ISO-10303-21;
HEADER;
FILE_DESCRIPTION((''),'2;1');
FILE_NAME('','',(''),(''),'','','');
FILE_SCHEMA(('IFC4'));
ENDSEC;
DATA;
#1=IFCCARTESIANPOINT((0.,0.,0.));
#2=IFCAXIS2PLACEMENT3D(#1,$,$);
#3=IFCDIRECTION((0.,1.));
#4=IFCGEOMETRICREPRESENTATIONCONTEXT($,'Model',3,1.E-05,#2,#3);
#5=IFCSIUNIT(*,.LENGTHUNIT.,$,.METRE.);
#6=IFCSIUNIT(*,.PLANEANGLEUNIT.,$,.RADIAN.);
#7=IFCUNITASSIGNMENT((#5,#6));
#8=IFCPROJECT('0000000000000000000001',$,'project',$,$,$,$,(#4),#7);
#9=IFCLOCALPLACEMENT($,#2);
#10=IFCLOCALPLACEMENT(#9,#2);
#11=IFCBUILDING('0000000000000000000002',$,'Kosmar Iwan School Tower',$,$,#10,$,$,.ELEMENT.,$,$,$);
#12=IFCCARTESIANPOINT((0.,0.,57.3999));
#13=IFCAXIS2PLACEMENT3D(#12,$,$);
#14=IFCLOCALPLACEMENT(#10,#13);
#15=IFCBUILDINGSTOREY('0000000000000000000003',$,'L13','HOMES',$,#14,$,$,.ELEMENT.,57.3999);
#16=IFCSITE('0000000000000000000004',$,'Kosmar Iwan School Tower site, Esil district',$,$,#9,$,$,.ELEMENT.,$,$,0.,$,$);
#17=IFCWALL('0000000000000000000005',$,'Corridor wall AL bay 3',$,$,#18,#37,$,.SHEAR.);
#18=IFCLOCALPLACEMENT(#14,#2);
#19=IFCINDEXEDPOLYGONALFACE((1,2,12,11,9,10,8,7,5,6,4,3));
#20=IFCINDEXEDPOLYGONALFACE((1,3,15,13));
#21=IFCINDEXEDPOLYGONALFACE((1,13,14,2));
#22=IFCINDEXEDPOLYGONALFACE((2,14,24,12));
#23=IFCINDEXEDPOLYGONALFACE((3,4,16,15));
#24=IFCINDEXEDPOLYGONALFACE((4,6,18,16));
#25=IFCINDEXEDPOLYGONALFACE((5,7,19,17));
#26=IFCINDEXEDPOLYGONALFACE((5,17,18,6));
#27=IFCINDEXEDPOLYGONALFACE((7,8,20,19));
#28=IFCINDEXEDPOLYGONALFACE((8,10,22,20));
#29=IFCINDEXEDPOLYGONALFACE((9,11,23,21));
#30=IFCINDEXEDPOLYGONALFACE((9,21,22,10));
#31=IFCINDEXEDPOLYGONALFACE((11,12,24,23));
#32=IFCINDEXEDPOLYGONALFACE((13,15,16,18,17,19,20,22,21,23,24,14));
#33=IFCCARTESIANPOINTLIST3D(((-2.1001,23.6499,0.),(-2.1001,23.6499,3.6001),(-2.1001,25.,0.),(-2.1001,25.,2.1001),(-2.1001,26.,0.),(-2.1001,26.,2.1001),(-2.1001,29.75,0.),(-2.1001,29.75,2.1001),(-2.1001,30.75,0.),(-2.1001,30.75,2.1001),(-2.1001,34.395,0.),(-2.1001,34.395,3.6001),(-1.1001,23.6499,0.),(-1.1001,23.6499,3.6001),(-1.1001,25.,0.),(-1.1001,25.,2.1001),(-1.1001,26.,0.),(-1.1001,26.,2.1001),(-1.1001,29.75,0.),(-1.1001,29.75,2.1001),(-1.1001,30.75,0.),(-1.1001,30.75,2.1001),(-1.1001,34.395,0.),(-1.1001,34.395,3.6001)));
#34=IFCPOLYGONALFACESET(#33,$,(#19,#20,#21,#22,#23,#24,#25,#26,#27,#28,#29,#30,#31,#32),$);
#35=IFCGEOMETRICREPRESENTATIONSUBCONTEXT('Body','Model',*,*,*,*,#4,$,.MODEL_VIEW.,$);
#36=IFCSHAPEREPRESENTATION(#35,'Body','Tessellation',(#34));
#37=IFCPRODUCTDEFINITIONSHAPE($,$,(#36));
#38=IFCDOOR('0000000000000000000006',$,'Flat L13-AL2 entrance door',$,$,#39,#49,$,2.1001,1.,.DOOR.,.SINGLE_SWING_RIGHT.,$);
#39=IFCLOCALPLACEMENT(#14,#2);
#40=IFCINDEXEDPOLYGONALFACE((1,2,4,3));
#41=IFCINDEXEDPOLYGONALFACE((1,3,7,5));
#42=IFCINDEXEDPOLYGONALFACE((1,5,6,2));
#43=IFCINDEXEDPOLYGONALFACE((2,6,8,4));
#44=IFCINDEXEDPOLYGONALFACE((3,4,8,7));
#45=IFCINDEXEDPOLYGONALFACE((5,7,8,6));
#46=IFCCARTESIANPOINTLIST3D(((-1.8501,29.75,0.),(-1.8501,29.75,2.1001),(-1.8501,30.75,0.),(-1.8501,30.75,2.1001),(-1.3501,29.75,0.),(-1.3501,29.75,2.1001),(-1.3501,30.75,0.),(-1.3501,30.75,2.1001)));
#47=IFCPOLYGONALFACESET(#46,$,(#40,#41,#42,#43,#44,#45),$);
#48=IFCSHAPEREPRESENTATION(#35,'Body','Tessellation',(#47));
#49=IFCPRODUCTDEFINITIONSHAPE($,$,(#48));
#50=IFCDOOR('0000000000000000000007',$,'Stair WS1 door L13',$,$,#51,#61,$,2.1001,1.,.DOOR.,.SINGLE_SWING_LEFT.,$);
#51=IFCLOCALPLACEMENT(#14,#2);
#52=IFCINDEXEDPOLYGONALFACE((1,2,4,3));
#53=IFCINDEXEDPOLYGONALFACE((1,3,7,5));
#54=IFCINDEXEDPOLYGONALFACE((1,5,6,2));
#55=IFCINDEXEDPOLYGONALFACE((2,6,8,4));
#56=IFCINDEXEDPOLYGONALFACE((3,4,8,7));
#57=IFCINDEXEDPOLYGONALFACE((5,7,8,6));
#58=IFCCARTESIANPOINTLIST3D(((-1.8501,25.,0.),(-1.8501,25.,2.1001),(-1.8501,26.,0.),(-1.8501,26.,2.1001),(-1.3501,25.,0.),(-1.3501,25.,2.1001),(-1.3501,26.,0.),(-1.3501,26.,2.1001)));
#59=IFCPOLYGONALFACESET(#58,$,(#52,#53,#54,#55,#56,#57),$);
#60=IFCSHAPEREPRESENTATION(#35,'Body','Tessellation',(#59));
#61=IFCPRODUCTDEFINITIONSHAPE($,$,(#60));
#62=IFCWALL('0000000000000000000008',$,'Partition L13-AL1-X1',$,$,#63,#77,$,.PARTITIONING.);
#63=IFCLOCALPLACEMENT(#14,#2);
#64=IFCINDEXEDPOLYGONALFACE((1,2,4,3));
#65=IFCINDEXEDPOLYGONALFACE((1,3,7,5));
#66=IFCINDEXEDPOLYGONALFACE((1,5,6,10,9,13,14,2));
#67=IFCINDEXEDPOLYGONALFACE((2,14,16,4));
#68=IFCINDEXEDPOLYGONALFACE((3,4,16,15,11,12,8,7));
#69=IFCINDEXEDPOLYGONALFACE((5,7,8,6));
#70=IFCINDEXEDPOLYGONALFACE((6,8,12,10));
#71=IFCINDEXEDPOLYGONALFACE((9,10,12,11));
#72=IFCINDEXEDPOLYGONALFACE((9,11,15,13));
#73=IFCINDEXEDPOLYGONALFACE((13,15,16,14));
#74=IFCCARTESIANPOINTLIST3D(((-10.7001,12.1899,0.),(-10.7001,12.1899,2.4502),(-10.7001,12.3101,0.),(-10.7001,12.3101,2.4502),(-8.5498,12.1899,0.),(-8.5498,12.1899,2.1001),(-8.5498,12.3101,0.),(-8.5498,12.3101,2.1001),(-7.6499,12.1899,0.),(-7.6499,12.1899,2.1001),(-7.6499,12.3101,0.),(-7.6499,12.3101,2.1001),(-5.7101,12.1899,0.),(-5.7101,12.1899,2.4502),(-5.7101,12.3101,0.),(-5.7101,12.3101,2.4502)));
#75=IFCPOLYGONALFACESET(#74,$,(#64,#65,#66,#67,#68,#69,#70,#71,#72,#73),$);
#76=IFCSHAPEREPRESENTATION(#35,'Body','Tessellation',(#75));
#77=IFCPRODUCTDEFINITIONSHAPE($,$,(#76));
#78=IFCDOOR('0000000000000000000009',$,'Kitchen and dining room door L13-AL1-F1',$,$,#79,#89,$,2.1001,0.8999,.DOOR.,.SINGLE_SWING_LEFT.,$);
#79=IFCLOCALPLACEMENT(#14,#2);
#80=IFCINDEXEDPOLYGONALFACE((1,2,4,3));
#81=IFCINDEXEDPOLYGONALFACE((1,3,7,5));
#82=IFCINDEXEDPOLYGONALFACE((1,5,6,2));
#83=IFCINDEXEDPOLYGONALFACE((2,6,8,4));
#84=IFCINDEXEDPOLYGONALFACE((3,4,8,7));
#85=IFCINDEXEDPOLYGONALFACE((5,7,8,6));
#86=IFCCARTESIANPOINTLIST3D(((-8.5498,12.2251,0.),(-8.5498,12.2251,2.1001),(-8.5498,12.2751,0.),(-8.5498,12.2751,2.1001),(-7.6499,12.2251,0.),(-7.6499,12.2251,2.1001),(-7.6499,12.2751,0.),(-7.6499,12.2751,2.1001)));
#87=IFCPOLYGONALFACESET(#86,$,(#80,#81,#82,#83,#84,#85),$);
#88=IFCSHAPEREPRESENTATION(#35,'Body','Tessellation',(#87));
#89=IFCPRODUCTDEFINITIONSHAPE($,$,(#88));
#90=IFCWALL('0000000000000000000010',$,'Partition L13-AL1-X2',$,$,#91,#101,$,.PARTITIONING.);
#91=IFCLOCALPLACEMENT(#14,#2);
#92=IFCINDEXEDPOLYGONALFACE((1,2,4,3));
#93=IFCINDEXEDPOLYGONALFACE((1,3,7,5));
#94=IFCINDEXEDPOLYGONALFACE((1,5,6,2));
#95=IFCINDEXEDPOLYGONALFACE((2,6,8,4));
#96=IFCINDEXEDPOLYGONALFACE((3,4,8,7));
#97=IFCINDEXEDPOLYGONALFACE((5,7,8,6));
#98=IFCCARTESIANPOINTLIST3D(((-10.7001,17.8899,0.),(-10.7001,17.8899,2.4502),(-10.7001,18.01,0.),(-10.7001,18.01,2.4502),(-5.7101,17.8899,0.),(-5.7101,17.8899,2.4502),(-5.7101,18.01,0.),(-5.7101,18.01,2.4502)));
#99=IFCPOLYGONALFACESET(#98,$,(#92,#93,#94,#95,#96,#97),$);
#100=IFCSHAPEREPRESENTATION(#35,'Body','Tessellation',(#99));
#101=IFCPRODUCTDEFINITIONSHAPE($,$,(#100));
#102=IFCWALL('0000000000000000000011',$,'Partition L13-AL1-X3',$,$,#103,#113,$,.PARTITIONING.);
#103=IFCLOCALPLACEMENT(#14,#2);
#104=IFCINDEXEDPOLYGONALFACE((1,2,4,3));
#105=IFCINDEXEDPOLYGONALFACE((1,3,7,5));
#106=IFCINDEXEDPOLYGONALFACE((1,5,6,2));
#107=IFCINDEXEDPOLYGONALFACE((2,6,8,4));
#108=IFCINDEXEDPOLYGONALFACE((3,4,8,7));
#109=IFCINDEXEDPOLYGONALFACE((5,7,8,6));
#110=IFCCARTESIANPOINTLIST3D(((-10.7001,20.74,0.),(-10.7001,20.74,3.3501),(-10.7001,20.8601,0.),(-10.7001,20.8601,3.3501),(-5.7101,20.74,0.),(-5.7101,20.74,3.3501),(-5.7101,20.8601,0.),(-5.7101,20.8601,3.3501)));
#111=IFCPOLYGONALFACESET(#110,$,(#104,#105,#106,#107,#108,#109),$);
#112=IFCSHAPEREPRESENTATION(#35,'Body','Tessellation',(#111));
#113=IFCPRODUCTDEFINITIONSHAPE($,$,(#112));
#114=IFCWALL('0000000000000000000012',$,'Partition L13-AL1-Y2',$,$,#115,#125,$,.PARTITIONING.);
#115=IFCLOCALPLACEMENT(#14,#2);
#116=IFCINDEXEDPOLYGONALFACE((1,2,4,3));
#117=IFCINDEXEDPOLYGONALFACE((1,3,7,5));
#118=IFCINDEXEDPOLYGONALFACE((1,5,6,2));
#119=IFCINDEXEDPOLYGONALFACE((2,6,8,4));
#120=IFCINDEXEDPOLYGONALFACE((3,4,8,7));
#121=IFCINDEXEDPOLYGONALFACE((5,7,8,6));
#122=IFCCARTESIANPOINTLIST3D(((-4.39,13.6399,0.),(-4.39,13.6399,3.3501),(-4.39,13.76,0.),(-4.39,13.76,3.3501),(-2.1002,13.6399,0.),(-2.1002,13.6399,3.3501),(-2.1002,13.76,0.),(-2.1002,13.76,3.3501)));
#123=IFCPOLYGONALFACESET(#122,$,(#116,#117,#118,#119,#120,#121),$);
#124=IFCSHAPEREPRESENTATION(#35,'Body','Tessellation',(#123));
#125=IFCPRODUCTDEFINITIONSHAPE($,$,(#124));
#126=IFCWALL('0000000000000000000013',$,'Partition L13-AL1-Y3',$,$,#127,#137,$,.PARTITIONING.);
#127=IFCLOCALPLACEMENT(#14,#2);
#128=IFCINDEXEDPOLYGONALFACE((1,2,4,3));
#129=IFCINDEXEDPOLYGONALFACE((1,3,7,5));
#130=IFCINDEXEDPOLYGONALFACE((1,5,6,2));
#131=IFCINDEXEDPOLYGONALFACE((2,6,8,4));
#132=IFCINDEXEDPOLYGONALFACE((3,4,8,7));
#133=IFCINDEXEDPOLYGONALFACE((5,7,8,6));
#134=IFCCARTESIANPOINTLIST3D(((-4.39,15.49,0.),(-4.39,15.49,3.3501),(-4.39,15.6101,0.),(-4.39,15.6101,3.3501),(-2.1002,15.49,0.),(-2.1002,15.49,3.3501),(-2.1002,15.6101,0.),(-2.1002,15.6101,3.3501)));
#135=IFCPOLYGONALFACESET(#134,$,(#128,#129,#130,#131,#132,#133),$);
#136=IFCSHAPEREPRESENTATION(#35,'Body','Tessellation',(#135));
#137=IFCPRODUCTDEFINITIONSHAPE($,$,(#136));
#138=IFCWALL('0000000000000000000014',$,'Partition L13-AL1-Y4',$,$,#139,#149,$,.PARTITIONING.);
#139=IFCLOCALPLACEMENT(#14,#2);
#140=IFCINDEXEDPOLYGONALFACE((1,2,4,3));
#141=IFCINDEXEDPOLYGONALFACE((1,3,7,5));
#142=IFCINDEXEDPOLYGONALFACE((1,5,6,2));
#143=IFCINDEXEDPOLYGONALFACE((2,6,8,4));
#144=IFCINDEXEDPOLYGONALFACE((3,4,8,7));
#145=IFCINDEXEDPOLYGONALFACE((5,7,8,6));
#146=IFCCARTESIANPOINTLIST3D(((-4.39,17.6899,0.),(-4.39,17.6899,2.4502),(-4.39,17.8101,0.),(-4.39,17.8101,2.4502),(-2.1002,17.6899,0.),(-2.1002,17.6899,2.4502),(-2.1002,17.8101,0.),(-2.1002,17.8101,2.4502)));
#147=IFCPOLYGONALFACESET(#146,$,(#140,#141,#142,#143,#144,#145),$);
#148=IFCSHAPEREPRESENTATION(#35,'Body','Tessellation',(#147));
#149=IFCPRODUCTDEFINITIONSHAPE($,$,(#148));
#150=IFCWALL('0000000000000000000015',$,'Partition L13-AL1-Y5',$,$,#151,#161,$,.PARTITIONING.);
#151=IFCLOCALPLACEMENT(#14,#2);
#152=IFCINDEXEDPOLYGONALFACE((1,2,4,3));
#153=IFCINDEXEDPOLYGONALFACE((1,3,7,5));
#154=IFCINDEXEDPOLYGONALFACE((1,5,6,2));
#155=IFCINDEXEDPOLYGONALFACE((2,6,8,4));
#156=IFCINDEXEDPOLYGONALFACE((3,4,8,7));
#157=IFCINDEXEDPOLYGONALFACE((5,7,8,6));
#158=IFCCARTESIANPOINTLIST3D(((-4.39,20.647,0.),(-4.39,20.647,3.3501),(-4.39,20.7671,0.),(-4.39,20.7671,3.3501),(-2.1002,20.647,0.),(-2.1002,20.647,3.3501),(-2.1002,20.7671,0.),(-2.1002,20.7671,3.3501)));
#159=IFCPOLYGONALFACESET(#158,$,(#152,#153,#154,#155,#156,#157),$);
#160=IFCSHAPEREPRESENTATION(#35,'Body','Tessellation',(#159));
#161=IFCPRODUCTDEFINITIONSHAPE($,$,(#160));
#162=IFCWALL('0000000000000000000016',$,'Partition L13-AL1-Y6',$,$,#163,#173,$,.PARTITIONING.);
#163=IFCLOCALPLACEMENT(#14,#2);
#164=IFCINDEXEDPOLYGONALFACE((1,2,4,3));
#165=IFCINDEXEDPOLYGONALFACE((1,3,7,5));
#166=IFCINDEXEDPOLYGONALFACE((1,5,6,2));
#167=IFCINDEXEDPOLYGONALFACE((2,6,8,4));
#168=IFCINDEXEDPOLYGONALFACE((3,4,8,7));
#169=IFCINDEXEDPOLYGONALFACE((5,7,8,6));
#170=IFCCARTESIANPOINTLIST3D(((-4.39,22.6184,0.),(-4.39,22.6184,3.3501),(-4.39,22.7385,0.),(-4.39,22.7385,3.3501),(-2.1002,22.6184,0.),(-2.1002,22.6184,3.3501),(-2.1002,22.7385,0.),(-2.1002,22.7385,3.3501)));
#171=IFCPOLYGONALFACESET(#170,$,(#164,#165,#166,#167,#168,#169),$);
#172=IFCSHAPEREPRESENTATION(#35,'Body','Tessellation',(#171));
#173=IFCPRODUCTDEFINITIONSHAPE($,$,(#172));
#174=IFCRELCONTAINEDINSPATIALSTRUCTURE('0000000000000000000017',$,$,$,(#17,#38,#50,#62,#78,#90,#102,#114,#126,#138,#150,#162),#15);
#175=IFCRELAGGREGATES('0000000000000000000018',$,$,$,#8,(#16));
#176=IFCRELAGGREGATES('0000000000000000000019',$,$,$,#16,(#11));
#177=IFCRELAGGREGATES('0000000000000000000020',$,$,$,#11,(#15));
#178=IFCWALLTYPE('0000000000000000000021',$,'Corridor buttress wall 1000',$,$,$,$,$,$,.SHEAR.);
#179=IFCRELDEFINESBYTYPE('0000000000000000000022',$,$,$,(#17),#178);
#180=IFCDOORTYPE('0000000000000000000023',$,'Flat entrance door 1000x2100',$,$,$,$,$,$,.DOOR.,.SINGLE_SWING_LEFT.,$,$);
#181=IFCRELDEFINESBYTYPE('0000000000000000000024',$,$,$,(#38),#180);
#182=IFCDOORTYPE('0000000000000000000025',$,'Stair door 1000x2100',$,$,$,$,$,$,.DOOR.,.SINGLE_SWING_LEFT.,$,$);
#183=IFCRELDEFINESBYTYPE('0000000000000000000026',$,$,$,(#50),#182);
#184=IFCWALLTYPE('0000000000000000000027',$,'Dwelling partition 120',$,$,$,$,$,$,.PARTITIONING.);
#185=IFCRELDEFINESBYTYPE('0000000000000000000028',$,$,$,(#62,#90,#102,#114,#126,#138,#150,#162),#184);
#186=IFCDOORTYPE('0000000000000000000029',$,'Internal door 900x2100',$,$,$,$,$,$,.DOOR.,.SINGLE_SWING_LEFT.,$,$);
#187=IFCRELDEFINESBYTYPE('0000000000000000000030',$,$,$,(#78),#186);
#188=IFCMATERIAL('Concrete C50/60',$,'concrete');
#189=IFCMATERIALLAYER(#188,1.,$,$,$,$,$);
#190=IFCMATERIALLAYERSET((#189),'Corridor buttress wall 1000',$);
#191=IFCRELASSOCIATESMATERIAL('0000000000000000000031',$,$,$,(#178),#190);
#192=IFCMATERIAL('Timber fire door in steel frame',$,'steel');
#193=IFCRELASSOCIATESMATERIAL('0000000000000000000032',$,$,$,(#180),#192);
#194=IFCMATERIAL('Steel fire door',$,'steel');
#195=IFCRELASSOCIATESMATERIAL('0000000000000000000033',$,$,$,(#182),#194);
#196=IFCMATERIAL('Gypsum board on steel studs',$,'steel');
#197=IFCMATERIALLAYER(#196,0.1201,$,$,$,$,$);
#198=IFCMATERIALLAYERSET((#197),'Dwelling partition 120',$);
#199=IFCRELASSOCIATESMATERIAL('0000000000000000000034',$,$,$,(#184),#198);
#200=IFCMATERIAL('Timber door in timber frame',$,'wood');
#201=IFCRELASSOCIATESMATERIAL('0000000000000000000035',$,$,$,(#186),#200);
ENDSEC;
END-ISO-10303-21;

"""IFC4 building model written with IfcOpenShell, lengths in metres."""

from ifc_helpers import new_model, si_unit, direction, frame, frame_2d, origin, place, context, subcontext, project, spatial, rectangle, extrude, material, layer, layer_set, type_object, element, fill, save


model = new_model("IFC4")

# Units and contexts
model_context = context("Model", 3, precision=1e-05, world=origin(), true_north=direction((0.0, 1.0)))
body_context = subcontext(model_context, "Body", "Model", "MODEL_VIEW")
ifc_project = project(units=[si_unit("LENGTHUNIT", "METRE"), si_unit("PLANEANGLEUNIT", "RADIAN")], contexts=[model_context])

# Site, building, storey
site_placement = place(None, origin())
site = spatial("IfcSite", under=ifc_project, at=site_placement, Name="Kosmar Iwan School Tower site, Esil district", CompositionType="ELEMENT", RefElevation=0.0)
building_placement = place(site_placement, origin())
building = spatial("IfcBuilding", under=site, at=building_placement, Name="Kosmar Iwan School Tower", CompositionType="ELEMENT")
storey_placement = place(building_placement, frame((0.0, 0.0, 57.3999)))
storey = spatial("IfcBuildingStorey", under=building, at=storey_placement, Name="L13", Description="HOMES", CompositionType="ELEMENT", Elevation=57.3999)

# Shared definitions
ifc_material_1 = material(Name="Concrete C50/60", Category="concrete")
ifc_layer_1 = layer(ifc_material_1, 1.0)
ifc_layer_set_1 = layer_set([ifc_layer_1], Name="Corridor buttress wall 1000")
wall_type_1 = type_object("IfcWallType", Name="Corridor buttress wall 1000", PredefinedType="SHEAR", material=ifc_layer_set_1)

# Wall, openings, doors
wall_1_placement = place(storey_placement, frame((-1.6001, 23.6499, 0.0), z_axis=(0.0, 0.0, 1.0), x_axis=(0.0, 1.0, 0.0)))
wall_1 = element("IfcWall", 1, at=wall_1_placement, inside=storey, type_object=wall_type_1, Name="Corridor wall AL bay 3", PredefinedType="SHEAR", context=body_context, shape_type="SweptSolid", body=[
    extrude(rectangle(XDim=10.7451, YDim=1.0, at=frame_2d((5.3726, 0.0))), origin(), (0.0, 0.0, 1.0), 3.6001),
])
opening_1_placement = place(wall_1_placement, frame((6.1001, 0.0, 0.0)))
opening_1 = element("IfcOpeningElement", 2, at=opening_1_placement, cuts=wall_1, PredefinedType="OPENING", context=body_context, shape_type="SweptSolid", body=[
    extrude(rectangle(XDim=1.0, YDim=2.1001, at=frame_2d((0.5, 1.05))), frame((0.0, 0.512, 0.0), z_axis=(0.0, -1.0, 0.0), x_axis=(1.0, 0.0, 0.0)), (0.0, 0.0, 1.0), 1.0239),
])
opening_2_placement = place(wall_1_placement, frame((1.3501, 0.0, 0.0)))
opening_2 = element("IfcOpeningElement", 3, at=opening_2_placement, cuts=wall_1, PredefinedType="OPENING", context=body_context, shape_type="SweptSolid", body=[
    extrude(rectangle(XDim=1.0, YDim=2.1001, at=frame_2d((0.5, 1.05))), frame((0.0, 0.512, 0.0), z_axis=(0.0, -1.0, 0.0), x_axis=(1.0, 0.0, 0.0)), (0.0, 0.0, 1.0), 1.0239),
])
ifc_material_2 = material(Name="Timber fire door in steel frame", Category="steel")
door_type_1 = type_object("IfcDoorType", Name="Flat entrance door 1000x2100", OperationType="SINGLE_SWING_LEFT", PredefinedType="DOOR", material=ifc_material_2)
door_1_placement = place(opening_1_placement, origin())
door_1 = element("IfcDoor", 4, at=door_1_placement, inside=storey, type_object=door_type_1, Name="Flat L13-AL2 entrance door", OperationType="SINGLE_SWING_RIGHT", OverallHeight=2.1001, OverallWidth=1.0, PredefinedType="DOOR", context=body_context, shape_type="SweptSolid", body=[
    extrude(rectangle(XDim=1.0, YDim=2.1001, at=frame_2d((0.5, 1.05))), frame((0.0, 0.25, 0.0), z_axis=(0.0, -1.0, 0.0), x_axis=(1.0, 0.0, 0.0)), (0.0, 0.0, 1.0), 0.5),
])
fill(opening_1, door_1)
ifc_material_3 = material(Name="Steel fire door", Category="steel")
door_type_2 = type_object("IfcDoorType", Name="Stair door 1000x2100", OperationType="SINGLE_SWING_LEFT", PredefinedType="DOOR", material=ifc_material_3)
door_2_placement = place(opening_2_placement, origin())
door_2 = element("IfcDoor", 5, at=door_2_placement, inside=storey, type_object=door_type_2, Name="Stair WS1 door L13", OperationType="SINGLE_SWING_LEFT", OverallHeight=2.1001, OverallWidth=1.0, PredefinedType="DOOR", context=body_context, shape_type="SweptSolid", body=[
    extrude(rectangle(XDim=1.0, YDim=2.1001, at=frame_2d((0.5, 1.05))), frame((0.0, 0.25, 0.0), z_axis=(0.0, -1.0, 0.0), x_axis=(1.0, 0.0, 0.0)), (0.0, 0.0, 1.0), 0.5),
])
fill(opening_2, door_2)

# Wall, opening, door
ifc_material_4 = material(Name="Gypsum board on steel studs", Category="steel")
ifc_layer_2 = layer(ifc_material_4, 0.1201)
ifc_layer_set_2 = layer_set([ifc_layer_2], Name="Dwelling partition 120")
wall_type_2 = type_object("IfcWallType", Name="Dwelling partition 120", PredefinedType="PARTITIONING", material=ifc_layer_set_2)
wall_2_placement = place(storey_placement, frame((-5.71, 12.25, 0.0), z_axis=(0.0, 0.0, 1.0), x_axis=(-1.0, 0.0, 0.0)))
wall_2 = element("IfcWall", 6, at=wall_2_placement, inside=storey, type_object=wall_type_2, Name="Partition L13-AL1-X1", PredefinedType="PARTITIONING", context=body_context, shape_type="SweptSolid", body=[
    extrude(rectangle(XDim=4.99, YDim=0.1201, at=frame_2d((2.4951, 0.0))), origin(), (0.0, 0.0, 1.0), 2.4502),
])
opening_3_placement = place(wall_2_placement, frame((1.9399, 0.0, 0.0)))
opening_3 = element("IfcOpeningElement", 7, at=opening_3_placement, cuts=wall_2, PredefinedType="OPENING", context=body_context, shape_type="SweptSolid", body=[
    extrude(rectangle(XDim=0.8999, YDim=2.1001, at=frame_2d((0.45, 1.05))), frame((0.0, 0.072, 0.0), z_axis=(0.0, -1.0, 0.0), x_axis=(1.0, 0.0, 0.0)), (0.0, 0.0, 1.0), 0.144),
])
ifc_material_5 = material(Name="Timber door in timber frame", Category="wood")
door_type_3 = type_object("IfcDoorType", Name="Internal door 900x2100", OperationType="SINGLE_SWING_LEFT", PredefinedType="DOOR", material=ifc_material_5)
door_3_placement = place(opening_3_placement, origin())
door_3 = element("IfcDoor", 8, at=door_3_placement, inside=storey, type_object=door_type_3, Name="Kitchen and dining room door L13-AL1-F1", OperationType="SINGLE_SWING_LEFT", OverallHeight=2.1001, OverallWidth=0.8999, PredefinedType="DOOR", context=body_context, shape_type="SweptSolid", body=[
    extrude(rectangle(XDim=0.8999, YDim=2.1001, at=frame_2d((0.45, 1.05))), frame((0.0, 0.0249, 0.0), z_axis=(0.0, -1.0, 0.0), x_axis=(1.0, 0.0, 0.0)), (0.0, 0.0, 1.0), 0.05),
])
fill(opening_3, door_3)

# Walls
wall_3_placement = place(storey_placement, frame((-5.71, 17.95, 0.0), z_axis=(0.0, 0.0, 1.0), x_axis=(-1.0, 0.0, 0.0)))
element("IfcWall", 9, at=wall_3_placement, inside=storey, type_object=wall_type_2, Name="Partition L13-AL1-X2", PredefinedType="PARTITIONING", context=body_context, shape_type="SweptSolid", body=[
    extrude(rectangle(XDim=4.99, YDim=0.1201, at=frame_2d((2.4951, 0.0))), origin(), (0.0, 0.0, 1.0), 2.4502),
])
wall_4_placement = place(storey_placement, frame((-5.71, 20.8, 0.0), z_axis=(0.0, 0.0, 1.0), x_axis=(-1.0, 0.0, 0.0)))
element("IfcWall", 10, at=wall_4_placement, inside=storey, type_object=wall_type_2, Name="Partition L13-AL1-X3", PredefinedType="PARTITIONING", context=body_context, shape_type="SweptSolid", body=[
    extrude(rectangle(XDim=4.99, YDim=0.1201, at=frame_2d((2.4951, 0.0))), origin(), (0.0, 0.0, 1.0), 3.3501),
])
for number, where, z_axis, x_axis, name in (
    (11, (-2.1001, 13.7, 0.0), (0.0, 0.0, 1.0), (-1.0, 0.0, 0.0), "Partition L13-AL1-Y2"),
    (12, (-2.1001, 15.55, 0.0), (0.0, 0.0, 1.0), (-1.0, 0.0, 0.0), "Partition L13-AL1-Y3"),
):
    element("IfcWall", number, at=place(storey_placement, frame(where, z_axis=z_axis, x_axis=x_axis)), inside=storey, type_object=wall_type_2, Name=name, PredefinedType="PARTITIONING", context=body_context, shape_type="SweptSolid", body=[
        extrude(rectangle(XDim=2.2898, YDim=0.1201, at=frame_2d((1.145, 0.0))), origin(), (0.0, 0.0, 1.0), 3.3501),
    ])
wall_5_placement = place(storey_placement, frame((-2.1001, 17.75, 0.0), z_axis=(0.0, 0.0, 1.0), x_axis=(-1.0, 0.0, 0.0)))
element("IfcWall", 13, at=wall_5_placement, inside=storey, type_object=wall_type_2, Name="Partition L13-AL1-Y4", PredefinedType="PARTITIONING", context=body_context, shape_type="SweptSolid", body=[
    extrude(rectangle(XDim=2.2898, YDim=0.1201, at=frame_2d((1.145, 0.0))), origin(), (0.0, 0.0, 1.0), 2.4502),
])
for number, where, z_axis, x_axis, name in (
    (14, (-2.1001, 20.707, 0.0), (0.0, 0.0, 1.0), (-1.0, 0.0, 0.0), "Partition L13-AL1-Y5"),
    (15, (-2.1001, 22.6785, 0.0), (0.0, 0.0, 1.0), (-1.0, 0.0, 0.0), "Partition L13-AL1-Y6"),
):
    element("IfcWall", number, at=place(storey_placement, frame(where, z_axis=z_axis, x_axis=x_axis)), inside=storey, type_object=wall_type_2, Name=name, PredefinedType="PARTITIONING", context=body_context, shape_type="SweptSolid", body=[
        extrude(rectangle(XDim=2.2898, YDim=0.1201, at=frame_2d((1.145, 0.0))), origin(), (0.0, 0.0, 1.0), 3.3501),
    ])

save(model, "model.ifc")
